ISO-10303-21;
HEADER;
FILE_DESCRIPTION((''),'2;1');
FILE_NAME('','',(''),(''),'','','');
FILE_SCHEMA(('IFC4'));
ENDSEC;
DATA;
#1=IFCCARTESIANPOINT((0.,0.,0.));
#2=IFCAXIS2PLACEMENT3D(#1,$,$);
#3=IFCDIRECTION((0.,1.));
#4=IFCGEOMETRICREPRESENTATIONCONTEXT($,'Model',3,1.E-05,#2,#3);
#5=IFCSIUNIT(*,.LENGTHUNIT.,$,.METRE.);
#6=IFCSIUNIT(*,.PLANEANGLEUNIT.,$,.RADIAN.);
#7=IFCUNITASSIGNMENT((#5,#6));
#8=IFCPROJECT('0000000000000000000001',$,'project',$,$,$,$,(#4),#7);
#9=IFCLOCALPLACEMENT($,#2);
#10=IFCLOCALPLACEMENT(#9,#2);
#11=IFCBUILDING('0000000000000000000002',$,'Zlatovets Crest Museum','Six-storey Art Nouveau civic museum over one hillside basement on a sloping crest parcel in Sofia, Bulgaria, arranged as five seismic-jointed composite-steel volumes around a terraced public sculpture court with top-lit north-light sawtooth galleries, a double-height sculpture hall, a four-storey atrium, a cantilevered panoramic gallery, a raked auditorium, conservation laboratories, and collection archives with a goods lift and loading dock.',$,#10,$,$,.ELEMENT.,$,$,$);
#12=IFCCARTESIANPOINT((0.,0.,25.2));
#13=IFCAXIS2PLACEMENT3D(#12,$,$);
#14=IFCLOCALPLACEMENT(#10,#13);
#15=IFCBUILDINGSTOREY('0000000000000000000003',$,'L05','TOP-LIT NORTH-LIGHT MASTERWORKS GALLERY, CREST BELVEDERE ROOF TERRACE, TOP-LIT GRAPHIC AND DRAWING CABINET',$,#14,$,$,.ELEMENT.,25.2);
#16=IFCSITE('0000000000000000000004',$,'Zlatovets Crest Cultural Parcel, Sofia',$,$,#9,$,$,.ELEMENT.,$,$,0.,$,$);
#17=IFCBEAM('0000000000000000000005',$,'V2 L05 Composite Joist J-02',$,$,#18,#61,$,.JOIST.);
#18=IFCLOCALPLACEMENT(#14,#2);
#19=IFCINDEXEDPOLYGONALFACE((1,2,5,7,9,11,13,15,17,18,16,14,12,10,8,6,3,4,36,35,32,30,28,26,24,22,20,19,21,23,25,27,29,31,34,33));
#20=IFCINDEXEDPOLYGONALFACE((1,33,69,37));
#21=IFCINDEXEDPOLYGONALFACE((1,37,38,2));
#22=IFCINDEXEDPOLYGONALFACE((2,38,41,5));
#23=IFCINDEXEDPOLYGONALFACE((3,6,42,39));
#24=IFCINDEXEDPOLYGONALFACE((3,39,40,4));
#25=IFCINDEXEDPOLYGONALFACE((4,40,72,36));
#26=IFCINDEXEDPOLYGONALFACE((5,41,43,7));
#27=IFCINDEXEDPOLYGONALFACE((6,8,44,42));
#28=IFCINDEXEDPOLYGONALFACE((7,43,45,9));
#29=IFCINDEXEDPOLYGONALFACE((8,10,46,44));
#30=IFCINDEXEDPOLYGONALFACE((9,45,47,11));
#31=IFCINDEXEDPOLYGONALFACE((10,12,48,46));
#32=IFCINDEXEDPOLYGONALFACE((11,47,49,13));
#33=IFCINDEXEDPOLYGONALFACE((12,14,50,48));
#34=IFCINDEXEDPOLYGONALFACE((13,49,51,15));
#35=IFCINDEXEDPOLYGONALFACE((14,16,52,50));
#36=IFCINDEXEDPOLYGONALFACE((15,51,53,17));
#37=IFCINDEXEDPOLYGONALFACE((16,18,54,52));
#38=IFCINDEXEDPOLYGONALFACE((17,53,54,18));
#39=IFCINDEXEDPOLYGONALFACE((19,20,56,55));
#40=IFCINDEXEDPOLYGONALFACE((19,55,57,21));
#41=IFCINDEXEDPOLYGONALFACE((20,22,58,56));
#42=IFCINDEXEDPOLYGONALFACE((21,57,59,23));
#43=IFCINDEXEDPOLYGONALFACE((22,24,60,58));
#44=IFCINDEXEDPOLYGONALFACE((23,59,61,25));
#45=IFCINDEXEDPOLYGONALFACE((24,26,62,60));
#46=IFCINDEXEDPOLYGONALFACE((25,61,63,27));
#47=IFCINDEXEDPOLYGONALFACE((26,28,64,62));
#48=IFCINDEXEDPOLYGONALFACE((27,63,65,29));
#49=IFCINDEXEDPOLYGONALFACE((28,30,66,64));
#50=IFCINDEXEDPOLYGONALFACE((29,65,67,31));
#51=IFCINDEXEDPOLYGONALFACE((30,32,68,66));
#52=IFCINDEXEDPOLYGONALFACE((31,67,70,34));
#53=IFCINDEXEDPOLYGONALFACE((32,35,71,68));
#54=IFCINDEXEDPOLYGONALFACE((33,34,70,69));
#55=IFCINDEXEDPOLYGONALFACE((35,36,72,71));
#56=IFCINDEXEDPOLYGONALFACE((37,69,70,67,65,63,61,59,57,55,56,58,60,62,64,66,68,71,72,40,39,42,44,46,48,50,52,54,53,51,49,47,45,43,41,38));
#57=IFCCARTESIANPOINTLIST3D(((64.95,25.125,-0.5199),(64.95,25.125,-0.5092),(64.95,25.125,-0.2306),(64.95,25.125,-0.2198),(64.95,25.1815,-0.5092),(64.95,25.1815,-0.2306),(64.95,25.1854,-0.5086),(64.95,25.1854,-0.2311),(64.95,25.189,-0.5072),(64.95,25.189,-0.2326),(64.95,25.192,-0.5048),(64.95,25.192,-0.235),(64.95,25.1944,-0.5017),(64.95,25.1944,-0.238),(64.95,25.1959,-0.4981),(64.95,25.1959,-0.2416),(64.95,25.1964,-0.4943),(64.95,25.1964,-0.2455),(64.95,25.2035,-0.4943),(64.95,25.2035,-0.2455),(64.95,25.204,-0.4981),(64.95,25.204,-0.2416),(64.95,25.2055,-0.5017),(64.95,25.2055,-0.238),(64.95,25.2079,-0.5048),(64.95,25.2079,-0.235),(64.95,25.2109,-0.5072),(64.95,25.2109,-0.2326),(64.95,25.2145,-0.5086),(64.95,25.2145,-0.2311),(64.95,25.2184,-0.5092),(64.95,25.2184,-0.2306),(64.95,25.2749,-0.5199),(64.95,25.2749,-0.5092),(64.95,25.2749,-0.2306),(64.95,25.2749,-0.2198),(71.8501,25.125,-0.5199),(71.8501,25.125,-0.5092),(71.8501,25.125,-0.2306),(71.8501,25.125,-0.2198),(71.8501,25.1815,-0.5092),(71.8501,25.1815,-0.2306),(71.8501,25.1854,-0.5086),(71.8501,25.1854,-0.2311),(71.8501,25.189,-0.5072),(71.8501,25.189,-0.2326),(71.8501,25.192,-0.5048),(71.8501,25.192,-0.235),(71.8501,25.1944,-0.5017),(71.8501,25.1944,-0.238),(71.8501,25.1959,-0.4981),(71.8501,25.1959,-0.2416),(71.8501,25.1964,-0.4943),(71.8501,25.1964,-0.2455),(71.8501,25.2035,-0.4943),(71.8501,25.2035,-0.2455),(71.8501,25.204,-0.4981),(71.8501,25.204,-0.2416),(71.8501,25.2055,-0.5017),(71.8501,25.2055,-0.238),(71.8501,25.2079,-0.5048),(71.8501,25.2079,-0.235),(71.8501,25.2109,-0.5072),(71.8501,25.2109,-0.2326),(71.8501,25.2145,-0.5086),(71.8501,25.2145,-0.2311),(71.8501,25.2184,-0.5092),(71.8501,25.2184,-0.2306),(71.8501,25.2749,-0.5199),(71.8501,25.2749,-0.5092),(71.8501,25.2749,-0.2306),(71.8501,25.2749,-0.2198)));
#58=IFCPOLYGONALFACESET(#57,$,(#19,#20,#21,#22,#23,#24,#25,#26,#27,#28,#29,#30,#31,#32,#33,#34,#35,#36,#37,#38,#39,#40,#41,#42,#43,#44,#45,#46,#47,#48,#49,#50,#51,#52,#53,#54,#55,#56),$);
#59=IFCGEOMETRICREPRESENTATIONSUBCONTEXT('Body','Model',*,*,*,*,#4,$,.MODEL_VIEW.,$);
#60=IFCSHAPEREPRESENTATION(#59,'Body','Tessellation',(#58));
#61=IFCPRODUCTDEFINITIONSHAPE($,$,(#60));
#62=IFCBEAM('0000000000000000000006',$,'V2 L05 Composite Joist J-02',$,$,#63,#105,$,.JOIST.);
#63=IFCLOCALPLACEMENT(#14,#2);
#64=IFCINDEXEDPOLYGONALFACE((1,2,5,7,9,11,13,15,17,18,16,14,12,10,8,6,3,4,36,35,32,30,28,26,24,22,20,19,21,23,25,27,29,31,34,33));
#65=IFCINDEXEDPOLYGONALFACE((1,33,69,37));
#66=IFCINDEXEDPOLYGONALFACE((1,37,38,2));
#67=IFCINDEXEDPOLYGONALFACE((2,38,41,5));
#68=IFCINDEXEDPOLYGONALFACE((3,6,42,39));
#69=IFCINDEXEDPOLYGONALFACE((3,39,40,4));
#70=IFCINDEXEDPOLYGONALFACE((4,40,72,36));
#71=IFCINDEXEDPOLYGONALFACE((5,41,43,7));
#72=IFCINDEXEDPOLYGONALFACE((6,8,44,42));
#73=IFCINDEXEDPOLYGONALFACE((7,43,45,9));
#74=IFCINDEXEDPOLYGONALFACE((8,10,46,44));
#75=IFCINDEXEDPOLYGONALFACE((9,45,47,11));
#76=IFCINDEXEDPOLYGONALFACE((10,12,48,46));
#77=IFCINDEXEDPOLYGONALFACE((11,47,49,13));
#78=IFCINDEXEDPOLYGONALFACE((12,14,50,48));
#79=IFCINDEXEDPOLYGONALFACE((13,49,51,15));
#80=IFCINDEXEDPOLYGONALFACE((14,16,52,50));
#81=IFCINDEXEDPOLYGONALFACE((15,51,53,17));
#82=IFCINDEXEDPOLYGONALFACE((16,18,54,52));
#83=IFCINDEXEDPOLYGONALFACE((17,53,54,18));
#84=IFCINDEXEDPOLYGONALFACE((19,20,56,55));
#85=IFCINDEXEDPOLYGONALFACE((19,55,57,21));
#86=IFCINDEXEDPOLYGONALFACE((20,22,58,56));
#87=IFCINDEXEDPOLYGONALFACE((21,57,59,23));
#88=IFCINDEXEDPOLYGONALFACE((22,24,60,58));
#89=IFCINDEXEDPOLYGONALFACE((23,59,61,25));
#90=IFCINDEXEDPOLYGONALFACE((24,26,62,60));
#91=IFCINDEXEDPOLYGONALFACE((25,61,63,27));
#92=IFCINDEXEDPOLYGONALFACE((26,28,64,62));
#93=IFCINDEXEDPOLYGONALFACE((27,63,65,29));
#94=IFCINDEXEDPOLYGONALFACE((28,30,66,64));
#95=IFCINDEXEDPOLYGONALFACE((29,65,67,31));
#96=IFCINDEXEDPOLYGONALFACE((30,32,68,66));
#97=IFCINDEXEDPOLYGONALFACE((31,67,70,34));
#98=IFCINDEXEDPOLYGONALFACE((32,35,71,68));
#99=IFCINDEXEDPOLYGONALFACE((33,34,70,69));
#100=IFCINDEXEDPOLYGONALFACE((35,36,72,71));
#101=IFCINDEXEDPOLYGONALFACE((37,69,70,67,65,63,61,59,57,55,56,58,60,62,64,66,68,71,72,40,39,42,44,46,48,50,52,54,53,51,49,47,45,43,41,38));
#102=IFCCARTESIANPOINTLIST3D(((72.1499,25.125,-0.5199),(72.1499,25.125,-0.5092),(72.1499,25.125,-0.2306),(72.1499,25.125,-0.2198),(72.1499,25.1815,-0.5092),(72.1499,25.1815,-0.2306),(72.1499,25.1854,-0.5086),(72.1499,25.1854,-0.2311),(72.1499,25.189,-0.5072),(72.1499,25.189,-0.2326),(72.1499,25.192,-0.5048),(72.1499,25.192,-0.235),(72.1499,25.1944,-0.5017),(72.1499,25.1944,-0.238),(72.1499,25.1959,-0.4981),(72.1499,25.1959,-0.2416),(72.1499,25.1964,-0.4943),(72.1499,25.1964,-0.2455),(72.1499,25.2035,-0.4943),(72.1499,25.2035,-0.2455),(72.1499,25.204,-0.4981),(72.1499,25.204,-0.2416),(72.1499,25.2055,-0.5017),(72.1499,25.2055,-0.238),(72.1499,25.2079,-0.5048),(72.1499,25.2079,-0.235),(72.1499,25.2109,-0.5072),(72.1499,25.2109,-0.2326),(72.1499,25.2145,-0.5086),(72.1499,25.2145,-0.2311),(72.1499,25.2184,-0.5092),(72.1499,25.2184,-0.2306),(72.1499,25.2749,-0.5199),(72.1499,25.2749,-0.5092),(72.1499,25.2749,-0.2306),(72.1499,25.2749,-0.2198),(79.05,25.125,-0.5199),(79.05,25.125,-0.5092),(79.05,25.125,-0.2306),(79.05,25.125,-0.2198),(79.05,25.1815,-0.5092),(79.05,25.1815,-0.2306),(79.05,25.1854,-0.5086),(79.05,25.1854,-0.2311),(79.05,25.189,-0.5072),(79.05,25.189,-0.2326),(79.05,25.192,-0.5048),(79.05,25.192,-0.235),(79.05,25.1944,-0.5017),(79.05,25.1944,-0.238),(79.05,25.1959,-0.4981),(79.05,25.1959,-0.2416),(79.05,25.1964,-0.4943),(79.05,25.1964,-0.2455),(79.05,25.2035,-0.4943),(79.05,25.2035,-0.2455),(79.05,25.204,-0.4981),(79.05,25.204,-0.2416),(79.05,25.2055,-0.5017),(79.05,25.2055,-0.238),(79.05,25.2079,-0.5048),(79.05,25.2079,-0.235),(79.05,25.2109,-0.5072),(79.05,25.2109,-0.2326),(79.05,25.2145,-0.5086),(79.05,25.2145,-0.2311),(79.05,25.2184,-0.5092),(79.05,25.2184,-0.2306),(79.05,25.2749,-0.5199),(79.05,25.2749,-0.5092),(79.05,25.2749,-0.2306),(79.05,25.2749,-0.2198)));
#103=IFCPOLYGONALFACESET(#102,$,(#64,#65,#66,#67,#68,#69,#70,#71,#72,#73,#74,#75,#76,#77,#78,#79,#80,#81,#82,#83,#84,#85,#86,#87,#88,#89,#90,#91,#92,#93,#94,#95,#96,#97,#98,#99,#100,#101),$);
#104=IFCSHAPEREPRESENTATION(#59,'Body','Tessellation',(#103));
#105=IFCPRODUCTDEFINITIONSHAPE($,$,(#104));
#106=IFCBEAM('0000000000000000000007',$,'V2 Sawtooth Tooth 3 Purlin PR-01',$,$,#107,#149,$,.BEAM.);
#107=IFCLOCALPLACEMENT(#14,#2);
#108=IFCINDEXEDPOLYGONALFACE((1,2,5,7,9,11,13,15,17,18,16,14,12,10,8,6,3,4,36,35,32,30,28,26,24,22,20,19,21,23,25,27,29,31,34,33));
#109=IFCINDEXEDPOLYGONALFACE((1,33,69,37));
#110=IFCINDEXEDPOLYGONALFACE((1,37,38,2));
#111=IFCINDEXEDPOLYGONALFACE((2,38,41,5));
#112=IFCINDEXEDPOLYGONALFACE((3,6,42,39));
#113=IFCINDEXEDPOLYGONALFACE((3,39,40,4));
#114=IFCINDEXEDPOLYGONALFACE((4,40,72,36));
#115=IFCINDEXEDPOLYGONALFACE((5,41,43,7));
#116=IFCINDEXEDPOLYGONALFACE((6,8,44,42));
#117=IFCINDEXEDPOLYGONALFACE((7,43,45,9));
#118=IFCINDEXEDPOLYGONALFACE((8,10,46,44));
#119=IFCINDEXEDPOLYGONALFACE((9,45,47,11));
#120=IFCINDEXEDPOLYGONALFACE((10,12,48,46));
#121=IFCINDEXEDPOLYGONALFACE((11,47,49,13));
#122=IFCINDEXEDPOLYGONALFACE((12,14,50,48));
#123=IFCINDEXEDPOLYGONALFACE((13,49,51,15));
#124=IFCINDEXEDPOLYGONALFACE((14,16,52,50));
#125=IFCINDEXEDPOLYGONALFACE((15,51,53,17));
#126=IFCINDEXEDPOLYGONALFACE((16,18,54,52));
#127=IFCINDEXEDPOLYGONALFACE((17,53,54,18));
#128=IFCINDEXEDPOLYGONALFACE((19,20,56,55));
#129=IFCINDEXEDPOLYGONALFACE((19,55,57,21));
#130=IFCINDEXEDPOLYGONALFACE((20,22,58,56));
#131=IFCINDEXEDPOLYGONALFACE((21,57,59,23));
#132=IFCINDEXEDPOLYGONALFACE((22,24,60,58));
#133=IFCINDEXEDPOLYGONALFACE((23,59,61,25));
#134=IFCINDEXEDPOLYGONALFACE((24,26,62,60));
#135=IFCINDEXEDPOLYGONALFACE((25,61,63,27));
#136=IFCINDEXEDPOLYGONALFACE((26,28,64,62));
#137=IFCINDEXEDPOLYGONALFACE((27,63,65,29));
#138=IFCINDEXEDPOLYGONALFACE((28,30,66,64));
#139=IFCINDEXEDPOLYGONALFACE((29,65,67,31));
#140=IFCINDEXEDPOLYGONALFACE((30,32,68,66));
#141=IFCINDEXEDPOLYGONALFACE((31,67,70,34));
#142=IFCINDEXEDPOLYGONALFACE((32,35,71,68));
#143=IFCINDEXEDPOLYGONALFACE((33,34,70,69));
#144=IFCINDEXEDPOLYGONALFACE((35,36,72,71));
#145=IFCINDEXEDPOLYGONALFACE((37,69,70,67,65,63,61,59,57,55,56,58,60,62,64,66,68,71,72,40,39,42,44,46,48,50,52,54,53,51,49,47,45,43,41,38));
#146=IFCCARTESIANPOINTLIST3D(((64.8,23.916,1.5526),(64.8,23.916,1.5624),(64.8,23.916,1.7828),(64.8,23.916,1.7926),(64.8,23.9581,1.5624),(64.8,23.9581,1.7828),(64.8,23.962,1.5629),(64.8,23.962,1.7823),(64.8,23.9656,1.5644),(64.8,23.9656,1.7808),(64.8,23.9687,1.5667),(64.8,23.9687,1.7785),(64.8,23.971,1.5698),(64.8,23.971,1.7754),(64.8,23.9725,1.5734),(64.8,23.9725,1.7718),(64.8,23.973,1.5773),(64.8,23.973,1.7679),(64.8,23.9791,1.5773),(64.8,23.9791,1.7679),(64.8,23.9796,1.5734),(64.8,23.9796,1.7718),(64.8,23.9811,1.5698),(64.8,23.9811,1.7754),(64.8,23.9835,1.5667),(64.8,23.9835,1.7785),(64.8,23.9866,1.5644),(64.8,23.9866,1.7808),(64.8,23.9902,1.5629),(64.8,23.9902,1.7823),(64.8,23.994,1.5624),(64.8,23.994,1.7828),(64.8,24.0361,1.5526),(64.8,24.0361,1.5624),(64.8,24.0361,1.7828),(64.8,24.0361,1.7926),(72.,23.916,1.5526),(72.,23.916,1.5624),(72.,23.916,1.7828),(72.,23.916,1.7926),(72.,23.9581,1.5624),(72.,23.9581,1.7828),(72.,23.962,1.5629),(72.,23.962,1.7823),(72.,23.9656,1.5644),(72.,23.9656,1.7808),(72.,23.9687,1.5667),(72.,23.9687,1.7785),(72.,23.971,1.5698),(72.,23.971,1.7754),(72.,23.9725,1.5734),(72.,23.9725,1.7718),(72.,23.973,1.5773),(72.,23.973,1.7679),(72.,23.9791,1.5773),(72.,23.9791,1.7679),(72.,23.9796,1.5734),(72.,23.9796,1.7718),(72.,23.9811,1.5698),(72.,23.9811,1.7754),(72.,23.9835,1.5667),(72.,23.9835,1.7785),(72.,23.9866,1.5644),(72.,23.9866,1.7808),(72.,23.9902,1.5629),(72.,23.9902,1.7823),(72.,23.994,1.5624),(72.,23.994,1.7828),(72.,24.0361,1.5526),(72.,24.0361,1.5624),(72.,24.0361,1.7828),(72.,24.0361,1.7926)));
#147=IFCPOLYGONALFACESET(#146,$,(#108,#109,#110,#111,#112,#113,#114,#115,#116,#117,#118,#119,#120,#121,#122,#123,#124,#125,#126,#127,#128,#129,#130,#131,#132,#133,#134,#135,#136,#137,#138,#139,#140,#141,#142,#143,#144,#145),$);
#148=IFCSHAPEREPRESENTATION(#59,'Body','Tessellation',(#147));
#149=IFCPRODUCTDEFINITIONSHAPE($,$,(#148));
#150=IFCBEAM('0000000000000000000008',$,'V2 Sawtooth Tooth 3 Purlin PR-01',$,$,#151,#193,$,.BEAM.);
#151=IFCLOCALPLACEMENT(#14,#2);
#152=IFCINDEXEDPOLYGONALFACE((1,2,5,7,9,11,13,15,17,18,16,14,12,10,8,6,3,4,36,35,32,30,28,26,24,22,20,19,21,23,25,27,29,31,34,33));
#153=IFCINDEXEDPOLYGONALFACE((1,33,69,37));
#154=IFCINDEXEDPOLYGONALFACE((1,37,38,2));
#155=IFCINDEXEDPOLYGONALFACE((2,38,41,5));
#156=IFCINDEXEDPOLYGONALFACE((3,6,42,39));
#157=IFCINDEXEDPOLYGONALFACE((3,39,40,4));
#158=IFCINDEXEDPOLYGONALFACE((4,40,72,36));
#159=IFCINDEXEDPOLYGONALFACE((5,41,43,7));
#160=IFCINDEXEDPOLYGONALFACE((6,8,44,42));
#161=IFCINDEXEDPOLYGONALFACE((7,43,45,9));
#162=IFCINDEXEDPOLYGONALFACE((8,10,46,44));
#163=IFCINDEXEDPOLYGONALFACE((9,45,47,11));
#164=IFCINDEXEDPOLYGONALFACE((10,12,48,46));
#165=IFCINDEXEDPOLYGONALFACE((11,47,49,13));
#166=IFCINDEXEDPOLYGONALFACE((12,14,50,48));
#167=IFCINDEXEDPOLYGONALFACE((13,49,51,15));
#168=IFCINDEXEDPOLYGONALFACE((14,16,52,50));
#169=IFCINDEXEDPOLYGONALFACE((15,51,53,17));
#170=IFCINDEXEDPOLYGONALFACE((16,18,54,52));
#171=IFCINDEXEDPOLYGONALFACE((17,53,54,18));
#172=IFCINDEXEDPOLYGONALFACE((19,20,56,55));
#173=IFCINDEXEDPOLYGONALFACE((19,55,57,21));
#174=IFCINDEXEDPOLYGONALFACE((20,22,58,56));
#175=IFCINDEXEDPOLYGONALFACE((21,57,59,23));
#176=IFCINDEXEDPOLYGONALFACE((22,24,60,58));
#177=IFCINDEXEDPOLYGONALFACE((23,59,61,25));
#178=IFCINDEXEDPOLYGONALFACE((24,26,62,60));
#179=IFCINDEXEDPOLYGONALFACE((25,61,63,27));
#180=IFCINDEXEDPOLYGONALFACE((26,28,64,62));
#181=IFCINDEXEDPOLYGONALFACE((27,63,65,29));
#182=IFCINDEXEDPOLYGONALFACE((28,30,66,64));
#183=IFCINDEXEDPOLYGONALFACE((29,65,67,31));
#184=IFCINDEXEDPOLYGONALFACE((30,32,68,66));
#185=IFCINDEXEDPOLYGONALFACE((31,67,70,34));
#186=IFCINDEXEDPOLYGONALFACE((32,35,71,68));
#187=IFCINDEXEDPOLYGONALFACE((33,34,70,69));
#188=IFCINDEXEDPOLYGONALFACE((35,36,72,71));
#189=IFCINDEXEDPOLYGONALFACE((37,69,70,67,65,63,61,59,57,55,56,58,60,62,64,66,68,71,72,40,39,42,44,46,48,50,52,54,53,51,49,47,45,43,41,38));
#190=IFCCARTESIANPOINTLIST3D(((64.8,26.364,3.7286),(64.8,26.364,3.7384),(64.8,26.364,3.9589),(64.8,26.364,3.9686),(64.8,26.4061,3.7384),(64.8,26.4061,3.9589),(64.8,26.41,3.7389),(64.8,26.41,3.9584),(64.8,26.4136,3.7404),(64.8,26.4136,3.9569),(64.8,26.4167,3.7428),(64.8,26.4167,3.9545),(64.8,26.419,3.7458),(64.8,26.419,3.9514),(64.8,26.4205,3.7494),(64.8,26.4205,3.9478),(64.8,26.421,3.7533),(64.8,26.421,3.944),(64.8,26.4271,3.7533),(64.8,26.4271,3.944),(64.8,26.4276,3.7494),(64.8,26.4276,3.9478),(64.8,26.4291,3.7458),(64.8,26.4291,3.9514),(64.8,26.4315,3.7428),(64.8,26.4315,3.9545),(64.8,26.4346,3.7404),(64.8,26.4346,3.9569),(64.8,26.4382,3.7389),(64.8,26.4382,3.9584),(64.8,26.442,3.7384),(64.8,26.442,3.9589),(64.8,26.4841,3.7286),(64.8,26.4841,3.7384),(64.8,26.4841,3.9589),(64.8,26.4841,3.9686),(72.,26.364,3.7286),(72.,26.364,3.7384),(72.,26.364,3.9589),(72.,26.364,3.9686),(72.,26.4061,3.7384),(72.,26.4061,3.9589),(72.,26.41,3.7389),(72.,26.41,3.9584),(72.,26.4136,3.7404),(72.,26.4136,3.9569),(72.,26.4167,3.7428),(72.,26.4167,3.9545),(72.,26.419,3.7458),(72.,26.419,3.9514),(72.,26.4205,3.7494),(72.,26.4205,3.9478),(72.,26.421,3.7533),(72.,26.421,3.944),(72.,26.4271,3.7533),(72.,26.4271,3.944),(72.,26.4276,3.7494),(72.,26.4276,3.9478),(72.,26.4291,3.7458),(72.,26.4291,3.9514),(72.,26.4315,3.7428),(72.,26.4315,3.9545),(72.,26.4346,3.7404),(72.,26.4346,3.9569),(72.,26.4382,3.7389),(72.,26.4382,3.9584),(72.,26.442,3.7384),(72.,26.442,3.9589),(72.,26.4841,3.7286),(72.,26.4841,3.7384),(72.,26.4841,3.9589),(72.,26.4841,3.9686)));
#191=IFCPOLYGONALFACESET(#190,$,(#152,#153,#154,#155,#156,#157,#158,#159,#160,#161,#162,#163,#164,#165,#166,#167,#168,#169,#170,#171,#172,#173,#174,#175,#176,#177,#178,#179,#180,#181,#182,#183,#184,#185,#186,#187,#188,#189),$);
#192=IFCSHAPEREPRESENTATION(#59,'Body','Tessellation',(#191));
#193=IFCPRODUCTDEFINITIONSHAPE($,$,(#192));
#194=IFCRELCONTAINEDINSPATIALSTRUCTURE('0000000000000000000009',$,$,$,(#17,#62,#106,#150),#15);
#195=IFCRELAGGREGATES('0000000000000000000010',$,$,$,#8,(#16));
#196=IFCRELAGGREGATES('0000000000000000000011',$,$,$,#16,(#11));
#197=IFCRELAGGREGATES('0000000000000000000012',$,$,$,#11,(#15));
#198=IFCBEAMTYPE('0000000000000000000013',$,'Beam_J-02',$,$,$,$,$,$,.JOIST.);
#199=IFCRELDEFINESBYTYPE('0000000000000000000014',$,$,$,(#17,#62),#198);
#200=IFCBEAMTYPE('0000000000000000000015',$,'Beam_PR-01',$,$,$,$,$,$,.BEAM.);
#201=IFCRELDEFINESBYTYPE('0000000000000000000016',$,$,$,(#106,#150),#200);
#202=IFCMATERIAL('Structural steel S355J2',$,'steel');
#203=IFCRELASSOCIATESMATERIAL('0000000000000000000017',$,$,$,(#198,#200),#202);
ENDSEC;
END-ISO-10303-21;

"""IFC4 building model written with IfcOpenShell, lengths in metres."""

from ifc_helpers import new_model, si_unit, direction, frame, origin, origin_2d, place, context, subcontext, project, spatial, i_section, extrude, material, material_profile, profile_set, type_object, element, save


model = new_model("IFC4")

# Units and contexts
model_context = context("Model", 3, precision=1e-05, world=origin(), true_north=direction((0.0, 1.0)))
body_context = subcontext(model_context, "Body", "Model", "MODEL_VIEW")
ifc_project = project(units=[si_unit("LENGTHUNIT", "METRE"), si_unit("PLANEANGLEUNIT", "RADIAN")], contexts=[model_context])

# Site, building, storey
site_placement = place(None, origin())
site = spatial("IfcSite", under=ifc_project, at=site_placement, Name="Zlatovets Crest Cultural Parcel, Sofia", CompositionType="ELEMENT", RefElevation=0.0)
building_placement = place(site_placement, origin())
building = spatial("IfcBuilding", under=site, at=building_placement, Name="Zlatovets Crest Museum", Description="Six-storey Art Nouveau civic museum over one hillside basement on a sloping crest parcel in Sofia, Bulgaria, arranged as five seismic-jointed composite-steel volumes around a terraced public sculpture court with top-lit north-light sawtooth galleries, a double-height sculpture hall, a four-storey atrium, a cantilevered panoramic gallery, a raked auditorium, conservation laboratories, and collection archives with a goods lift and loading dock.", CompositionType="ELEMENT")
storey_placement = place(building_placement, frame((0.0, 0.0, 25.2)))
storey = spatial("IfcBuildingStorey", under=building, at=storey_placement, Name="L05", Description="TOP-LIT NORTH-LIGHT MASTERWORKS GALLERY, CREST BELVEDERE ROOF TERRACE, TOP-LIT GRAPHIC AND DRAWING CABINET", CompositionType="ELEMENT", Elevation=25.2)

# Beams
ifc_material_1 = material(Name="Structural steel S355J2", Category="steel")
ifc_material_profile_1 = material_profile(ifc_material_1, i_section(OverallWidth=0.1499, OverallDepth=0.3, WebThickness=0.0071, FlangeThickness=0.0107, FilletRadius=0.0149, at=origin_2d()), Name="IPE 300")
ifc_profile_set_1 = profile_set([ifc_material_profile_1], Name="Structural steel S355J2")
beam_type_1 = type_object("IfcBeamType", Name="Beam_J-02", PredefinedType="JOIST", material=ifc_profile_set_1)
for number, where, z_axis, x_axis, name in (
    (1, (64.95, 25.2, -0.3699), (1.0, 0.0, 0.0), (0.0, 1.0, 0.0), "V2 L05 Composite Joist J-02"),
    (2, (72.1499, 25.2, -0.3699), (1.0, 0.0, 0.0), (0.0, 1.0, 0.0), "V2 L05 Composite Joist J-02"),
):
    element("IfcBeam", number, at=place(storey_placement, frame(where, z_axis=z_axis, x_axis=x_axis)), inside=storey, type_object=beam_type_1, Name=name, PredefinedType="JOIST", context=body_context, shape_type="SweptSolid", body=[
        extrude(i_section(OverallWidth=0.1499, OverallDepth=0.3, WebThickness=0.0071, FlangeThickness=0.0107, FilletRadius=0.0149, at=origin_2d()), origin(), (0.0, 0.0, 1.0), 6.9001),
    ])
ifc_material_profile_2 = material_profile(ifc_material_1, i_section(OverallWidth=0.1201, OverallDepth=0.24, WebThickness=0.0061, FlangeThickness=0.0098, FilletRadius=0.0149, at=origin_2d()), Name="IPE 240")
ifc_profile_set_2 = profile_set([ifc_material_profile_2], Name="Structural steel S355J2")
beam_type_2 = type_object("IfcBeamType", Name="Beam_PR-01", PredefinedType="BEAM", material=ifc_profile_set_2)
for number, where, z_axis, x_axis, name in (
    (3, (64.8, 23.9761, 1.6726), (1.0, 0.0, 0.0), (0.0, 1.0, 0.0), "V2 Sawtooth Tooth 3 Purlin PR-01"),
    (4, (64.8, 26.4241, 3.8486), (1.0, 0.0, 0.0), (0.0, 1.0, 0.0), "V2 Sawtooth Tooth 3 Purlin PR-01"),
):
    element("IfcBeam", number, at=place(storey_placement, frame(where, z_axis=z_axis, x_axis=x_axis)), inside=storey, type_object=beam_type_2, Name=name, PredefinedType="BEAM", context=body_context, shape_type="SweptSolid", body=[
        extrude(i_section(OverallWidth=0.1201, OverallDepth=0.24, WebThickness=0.0061, FlangeThickness=0.0098, FilletRadius=0.0149, at=origin_2d()), origin(), (0.0, 0.0, 1.0), 7.2),
    ])

save(model, "model.ifc")
